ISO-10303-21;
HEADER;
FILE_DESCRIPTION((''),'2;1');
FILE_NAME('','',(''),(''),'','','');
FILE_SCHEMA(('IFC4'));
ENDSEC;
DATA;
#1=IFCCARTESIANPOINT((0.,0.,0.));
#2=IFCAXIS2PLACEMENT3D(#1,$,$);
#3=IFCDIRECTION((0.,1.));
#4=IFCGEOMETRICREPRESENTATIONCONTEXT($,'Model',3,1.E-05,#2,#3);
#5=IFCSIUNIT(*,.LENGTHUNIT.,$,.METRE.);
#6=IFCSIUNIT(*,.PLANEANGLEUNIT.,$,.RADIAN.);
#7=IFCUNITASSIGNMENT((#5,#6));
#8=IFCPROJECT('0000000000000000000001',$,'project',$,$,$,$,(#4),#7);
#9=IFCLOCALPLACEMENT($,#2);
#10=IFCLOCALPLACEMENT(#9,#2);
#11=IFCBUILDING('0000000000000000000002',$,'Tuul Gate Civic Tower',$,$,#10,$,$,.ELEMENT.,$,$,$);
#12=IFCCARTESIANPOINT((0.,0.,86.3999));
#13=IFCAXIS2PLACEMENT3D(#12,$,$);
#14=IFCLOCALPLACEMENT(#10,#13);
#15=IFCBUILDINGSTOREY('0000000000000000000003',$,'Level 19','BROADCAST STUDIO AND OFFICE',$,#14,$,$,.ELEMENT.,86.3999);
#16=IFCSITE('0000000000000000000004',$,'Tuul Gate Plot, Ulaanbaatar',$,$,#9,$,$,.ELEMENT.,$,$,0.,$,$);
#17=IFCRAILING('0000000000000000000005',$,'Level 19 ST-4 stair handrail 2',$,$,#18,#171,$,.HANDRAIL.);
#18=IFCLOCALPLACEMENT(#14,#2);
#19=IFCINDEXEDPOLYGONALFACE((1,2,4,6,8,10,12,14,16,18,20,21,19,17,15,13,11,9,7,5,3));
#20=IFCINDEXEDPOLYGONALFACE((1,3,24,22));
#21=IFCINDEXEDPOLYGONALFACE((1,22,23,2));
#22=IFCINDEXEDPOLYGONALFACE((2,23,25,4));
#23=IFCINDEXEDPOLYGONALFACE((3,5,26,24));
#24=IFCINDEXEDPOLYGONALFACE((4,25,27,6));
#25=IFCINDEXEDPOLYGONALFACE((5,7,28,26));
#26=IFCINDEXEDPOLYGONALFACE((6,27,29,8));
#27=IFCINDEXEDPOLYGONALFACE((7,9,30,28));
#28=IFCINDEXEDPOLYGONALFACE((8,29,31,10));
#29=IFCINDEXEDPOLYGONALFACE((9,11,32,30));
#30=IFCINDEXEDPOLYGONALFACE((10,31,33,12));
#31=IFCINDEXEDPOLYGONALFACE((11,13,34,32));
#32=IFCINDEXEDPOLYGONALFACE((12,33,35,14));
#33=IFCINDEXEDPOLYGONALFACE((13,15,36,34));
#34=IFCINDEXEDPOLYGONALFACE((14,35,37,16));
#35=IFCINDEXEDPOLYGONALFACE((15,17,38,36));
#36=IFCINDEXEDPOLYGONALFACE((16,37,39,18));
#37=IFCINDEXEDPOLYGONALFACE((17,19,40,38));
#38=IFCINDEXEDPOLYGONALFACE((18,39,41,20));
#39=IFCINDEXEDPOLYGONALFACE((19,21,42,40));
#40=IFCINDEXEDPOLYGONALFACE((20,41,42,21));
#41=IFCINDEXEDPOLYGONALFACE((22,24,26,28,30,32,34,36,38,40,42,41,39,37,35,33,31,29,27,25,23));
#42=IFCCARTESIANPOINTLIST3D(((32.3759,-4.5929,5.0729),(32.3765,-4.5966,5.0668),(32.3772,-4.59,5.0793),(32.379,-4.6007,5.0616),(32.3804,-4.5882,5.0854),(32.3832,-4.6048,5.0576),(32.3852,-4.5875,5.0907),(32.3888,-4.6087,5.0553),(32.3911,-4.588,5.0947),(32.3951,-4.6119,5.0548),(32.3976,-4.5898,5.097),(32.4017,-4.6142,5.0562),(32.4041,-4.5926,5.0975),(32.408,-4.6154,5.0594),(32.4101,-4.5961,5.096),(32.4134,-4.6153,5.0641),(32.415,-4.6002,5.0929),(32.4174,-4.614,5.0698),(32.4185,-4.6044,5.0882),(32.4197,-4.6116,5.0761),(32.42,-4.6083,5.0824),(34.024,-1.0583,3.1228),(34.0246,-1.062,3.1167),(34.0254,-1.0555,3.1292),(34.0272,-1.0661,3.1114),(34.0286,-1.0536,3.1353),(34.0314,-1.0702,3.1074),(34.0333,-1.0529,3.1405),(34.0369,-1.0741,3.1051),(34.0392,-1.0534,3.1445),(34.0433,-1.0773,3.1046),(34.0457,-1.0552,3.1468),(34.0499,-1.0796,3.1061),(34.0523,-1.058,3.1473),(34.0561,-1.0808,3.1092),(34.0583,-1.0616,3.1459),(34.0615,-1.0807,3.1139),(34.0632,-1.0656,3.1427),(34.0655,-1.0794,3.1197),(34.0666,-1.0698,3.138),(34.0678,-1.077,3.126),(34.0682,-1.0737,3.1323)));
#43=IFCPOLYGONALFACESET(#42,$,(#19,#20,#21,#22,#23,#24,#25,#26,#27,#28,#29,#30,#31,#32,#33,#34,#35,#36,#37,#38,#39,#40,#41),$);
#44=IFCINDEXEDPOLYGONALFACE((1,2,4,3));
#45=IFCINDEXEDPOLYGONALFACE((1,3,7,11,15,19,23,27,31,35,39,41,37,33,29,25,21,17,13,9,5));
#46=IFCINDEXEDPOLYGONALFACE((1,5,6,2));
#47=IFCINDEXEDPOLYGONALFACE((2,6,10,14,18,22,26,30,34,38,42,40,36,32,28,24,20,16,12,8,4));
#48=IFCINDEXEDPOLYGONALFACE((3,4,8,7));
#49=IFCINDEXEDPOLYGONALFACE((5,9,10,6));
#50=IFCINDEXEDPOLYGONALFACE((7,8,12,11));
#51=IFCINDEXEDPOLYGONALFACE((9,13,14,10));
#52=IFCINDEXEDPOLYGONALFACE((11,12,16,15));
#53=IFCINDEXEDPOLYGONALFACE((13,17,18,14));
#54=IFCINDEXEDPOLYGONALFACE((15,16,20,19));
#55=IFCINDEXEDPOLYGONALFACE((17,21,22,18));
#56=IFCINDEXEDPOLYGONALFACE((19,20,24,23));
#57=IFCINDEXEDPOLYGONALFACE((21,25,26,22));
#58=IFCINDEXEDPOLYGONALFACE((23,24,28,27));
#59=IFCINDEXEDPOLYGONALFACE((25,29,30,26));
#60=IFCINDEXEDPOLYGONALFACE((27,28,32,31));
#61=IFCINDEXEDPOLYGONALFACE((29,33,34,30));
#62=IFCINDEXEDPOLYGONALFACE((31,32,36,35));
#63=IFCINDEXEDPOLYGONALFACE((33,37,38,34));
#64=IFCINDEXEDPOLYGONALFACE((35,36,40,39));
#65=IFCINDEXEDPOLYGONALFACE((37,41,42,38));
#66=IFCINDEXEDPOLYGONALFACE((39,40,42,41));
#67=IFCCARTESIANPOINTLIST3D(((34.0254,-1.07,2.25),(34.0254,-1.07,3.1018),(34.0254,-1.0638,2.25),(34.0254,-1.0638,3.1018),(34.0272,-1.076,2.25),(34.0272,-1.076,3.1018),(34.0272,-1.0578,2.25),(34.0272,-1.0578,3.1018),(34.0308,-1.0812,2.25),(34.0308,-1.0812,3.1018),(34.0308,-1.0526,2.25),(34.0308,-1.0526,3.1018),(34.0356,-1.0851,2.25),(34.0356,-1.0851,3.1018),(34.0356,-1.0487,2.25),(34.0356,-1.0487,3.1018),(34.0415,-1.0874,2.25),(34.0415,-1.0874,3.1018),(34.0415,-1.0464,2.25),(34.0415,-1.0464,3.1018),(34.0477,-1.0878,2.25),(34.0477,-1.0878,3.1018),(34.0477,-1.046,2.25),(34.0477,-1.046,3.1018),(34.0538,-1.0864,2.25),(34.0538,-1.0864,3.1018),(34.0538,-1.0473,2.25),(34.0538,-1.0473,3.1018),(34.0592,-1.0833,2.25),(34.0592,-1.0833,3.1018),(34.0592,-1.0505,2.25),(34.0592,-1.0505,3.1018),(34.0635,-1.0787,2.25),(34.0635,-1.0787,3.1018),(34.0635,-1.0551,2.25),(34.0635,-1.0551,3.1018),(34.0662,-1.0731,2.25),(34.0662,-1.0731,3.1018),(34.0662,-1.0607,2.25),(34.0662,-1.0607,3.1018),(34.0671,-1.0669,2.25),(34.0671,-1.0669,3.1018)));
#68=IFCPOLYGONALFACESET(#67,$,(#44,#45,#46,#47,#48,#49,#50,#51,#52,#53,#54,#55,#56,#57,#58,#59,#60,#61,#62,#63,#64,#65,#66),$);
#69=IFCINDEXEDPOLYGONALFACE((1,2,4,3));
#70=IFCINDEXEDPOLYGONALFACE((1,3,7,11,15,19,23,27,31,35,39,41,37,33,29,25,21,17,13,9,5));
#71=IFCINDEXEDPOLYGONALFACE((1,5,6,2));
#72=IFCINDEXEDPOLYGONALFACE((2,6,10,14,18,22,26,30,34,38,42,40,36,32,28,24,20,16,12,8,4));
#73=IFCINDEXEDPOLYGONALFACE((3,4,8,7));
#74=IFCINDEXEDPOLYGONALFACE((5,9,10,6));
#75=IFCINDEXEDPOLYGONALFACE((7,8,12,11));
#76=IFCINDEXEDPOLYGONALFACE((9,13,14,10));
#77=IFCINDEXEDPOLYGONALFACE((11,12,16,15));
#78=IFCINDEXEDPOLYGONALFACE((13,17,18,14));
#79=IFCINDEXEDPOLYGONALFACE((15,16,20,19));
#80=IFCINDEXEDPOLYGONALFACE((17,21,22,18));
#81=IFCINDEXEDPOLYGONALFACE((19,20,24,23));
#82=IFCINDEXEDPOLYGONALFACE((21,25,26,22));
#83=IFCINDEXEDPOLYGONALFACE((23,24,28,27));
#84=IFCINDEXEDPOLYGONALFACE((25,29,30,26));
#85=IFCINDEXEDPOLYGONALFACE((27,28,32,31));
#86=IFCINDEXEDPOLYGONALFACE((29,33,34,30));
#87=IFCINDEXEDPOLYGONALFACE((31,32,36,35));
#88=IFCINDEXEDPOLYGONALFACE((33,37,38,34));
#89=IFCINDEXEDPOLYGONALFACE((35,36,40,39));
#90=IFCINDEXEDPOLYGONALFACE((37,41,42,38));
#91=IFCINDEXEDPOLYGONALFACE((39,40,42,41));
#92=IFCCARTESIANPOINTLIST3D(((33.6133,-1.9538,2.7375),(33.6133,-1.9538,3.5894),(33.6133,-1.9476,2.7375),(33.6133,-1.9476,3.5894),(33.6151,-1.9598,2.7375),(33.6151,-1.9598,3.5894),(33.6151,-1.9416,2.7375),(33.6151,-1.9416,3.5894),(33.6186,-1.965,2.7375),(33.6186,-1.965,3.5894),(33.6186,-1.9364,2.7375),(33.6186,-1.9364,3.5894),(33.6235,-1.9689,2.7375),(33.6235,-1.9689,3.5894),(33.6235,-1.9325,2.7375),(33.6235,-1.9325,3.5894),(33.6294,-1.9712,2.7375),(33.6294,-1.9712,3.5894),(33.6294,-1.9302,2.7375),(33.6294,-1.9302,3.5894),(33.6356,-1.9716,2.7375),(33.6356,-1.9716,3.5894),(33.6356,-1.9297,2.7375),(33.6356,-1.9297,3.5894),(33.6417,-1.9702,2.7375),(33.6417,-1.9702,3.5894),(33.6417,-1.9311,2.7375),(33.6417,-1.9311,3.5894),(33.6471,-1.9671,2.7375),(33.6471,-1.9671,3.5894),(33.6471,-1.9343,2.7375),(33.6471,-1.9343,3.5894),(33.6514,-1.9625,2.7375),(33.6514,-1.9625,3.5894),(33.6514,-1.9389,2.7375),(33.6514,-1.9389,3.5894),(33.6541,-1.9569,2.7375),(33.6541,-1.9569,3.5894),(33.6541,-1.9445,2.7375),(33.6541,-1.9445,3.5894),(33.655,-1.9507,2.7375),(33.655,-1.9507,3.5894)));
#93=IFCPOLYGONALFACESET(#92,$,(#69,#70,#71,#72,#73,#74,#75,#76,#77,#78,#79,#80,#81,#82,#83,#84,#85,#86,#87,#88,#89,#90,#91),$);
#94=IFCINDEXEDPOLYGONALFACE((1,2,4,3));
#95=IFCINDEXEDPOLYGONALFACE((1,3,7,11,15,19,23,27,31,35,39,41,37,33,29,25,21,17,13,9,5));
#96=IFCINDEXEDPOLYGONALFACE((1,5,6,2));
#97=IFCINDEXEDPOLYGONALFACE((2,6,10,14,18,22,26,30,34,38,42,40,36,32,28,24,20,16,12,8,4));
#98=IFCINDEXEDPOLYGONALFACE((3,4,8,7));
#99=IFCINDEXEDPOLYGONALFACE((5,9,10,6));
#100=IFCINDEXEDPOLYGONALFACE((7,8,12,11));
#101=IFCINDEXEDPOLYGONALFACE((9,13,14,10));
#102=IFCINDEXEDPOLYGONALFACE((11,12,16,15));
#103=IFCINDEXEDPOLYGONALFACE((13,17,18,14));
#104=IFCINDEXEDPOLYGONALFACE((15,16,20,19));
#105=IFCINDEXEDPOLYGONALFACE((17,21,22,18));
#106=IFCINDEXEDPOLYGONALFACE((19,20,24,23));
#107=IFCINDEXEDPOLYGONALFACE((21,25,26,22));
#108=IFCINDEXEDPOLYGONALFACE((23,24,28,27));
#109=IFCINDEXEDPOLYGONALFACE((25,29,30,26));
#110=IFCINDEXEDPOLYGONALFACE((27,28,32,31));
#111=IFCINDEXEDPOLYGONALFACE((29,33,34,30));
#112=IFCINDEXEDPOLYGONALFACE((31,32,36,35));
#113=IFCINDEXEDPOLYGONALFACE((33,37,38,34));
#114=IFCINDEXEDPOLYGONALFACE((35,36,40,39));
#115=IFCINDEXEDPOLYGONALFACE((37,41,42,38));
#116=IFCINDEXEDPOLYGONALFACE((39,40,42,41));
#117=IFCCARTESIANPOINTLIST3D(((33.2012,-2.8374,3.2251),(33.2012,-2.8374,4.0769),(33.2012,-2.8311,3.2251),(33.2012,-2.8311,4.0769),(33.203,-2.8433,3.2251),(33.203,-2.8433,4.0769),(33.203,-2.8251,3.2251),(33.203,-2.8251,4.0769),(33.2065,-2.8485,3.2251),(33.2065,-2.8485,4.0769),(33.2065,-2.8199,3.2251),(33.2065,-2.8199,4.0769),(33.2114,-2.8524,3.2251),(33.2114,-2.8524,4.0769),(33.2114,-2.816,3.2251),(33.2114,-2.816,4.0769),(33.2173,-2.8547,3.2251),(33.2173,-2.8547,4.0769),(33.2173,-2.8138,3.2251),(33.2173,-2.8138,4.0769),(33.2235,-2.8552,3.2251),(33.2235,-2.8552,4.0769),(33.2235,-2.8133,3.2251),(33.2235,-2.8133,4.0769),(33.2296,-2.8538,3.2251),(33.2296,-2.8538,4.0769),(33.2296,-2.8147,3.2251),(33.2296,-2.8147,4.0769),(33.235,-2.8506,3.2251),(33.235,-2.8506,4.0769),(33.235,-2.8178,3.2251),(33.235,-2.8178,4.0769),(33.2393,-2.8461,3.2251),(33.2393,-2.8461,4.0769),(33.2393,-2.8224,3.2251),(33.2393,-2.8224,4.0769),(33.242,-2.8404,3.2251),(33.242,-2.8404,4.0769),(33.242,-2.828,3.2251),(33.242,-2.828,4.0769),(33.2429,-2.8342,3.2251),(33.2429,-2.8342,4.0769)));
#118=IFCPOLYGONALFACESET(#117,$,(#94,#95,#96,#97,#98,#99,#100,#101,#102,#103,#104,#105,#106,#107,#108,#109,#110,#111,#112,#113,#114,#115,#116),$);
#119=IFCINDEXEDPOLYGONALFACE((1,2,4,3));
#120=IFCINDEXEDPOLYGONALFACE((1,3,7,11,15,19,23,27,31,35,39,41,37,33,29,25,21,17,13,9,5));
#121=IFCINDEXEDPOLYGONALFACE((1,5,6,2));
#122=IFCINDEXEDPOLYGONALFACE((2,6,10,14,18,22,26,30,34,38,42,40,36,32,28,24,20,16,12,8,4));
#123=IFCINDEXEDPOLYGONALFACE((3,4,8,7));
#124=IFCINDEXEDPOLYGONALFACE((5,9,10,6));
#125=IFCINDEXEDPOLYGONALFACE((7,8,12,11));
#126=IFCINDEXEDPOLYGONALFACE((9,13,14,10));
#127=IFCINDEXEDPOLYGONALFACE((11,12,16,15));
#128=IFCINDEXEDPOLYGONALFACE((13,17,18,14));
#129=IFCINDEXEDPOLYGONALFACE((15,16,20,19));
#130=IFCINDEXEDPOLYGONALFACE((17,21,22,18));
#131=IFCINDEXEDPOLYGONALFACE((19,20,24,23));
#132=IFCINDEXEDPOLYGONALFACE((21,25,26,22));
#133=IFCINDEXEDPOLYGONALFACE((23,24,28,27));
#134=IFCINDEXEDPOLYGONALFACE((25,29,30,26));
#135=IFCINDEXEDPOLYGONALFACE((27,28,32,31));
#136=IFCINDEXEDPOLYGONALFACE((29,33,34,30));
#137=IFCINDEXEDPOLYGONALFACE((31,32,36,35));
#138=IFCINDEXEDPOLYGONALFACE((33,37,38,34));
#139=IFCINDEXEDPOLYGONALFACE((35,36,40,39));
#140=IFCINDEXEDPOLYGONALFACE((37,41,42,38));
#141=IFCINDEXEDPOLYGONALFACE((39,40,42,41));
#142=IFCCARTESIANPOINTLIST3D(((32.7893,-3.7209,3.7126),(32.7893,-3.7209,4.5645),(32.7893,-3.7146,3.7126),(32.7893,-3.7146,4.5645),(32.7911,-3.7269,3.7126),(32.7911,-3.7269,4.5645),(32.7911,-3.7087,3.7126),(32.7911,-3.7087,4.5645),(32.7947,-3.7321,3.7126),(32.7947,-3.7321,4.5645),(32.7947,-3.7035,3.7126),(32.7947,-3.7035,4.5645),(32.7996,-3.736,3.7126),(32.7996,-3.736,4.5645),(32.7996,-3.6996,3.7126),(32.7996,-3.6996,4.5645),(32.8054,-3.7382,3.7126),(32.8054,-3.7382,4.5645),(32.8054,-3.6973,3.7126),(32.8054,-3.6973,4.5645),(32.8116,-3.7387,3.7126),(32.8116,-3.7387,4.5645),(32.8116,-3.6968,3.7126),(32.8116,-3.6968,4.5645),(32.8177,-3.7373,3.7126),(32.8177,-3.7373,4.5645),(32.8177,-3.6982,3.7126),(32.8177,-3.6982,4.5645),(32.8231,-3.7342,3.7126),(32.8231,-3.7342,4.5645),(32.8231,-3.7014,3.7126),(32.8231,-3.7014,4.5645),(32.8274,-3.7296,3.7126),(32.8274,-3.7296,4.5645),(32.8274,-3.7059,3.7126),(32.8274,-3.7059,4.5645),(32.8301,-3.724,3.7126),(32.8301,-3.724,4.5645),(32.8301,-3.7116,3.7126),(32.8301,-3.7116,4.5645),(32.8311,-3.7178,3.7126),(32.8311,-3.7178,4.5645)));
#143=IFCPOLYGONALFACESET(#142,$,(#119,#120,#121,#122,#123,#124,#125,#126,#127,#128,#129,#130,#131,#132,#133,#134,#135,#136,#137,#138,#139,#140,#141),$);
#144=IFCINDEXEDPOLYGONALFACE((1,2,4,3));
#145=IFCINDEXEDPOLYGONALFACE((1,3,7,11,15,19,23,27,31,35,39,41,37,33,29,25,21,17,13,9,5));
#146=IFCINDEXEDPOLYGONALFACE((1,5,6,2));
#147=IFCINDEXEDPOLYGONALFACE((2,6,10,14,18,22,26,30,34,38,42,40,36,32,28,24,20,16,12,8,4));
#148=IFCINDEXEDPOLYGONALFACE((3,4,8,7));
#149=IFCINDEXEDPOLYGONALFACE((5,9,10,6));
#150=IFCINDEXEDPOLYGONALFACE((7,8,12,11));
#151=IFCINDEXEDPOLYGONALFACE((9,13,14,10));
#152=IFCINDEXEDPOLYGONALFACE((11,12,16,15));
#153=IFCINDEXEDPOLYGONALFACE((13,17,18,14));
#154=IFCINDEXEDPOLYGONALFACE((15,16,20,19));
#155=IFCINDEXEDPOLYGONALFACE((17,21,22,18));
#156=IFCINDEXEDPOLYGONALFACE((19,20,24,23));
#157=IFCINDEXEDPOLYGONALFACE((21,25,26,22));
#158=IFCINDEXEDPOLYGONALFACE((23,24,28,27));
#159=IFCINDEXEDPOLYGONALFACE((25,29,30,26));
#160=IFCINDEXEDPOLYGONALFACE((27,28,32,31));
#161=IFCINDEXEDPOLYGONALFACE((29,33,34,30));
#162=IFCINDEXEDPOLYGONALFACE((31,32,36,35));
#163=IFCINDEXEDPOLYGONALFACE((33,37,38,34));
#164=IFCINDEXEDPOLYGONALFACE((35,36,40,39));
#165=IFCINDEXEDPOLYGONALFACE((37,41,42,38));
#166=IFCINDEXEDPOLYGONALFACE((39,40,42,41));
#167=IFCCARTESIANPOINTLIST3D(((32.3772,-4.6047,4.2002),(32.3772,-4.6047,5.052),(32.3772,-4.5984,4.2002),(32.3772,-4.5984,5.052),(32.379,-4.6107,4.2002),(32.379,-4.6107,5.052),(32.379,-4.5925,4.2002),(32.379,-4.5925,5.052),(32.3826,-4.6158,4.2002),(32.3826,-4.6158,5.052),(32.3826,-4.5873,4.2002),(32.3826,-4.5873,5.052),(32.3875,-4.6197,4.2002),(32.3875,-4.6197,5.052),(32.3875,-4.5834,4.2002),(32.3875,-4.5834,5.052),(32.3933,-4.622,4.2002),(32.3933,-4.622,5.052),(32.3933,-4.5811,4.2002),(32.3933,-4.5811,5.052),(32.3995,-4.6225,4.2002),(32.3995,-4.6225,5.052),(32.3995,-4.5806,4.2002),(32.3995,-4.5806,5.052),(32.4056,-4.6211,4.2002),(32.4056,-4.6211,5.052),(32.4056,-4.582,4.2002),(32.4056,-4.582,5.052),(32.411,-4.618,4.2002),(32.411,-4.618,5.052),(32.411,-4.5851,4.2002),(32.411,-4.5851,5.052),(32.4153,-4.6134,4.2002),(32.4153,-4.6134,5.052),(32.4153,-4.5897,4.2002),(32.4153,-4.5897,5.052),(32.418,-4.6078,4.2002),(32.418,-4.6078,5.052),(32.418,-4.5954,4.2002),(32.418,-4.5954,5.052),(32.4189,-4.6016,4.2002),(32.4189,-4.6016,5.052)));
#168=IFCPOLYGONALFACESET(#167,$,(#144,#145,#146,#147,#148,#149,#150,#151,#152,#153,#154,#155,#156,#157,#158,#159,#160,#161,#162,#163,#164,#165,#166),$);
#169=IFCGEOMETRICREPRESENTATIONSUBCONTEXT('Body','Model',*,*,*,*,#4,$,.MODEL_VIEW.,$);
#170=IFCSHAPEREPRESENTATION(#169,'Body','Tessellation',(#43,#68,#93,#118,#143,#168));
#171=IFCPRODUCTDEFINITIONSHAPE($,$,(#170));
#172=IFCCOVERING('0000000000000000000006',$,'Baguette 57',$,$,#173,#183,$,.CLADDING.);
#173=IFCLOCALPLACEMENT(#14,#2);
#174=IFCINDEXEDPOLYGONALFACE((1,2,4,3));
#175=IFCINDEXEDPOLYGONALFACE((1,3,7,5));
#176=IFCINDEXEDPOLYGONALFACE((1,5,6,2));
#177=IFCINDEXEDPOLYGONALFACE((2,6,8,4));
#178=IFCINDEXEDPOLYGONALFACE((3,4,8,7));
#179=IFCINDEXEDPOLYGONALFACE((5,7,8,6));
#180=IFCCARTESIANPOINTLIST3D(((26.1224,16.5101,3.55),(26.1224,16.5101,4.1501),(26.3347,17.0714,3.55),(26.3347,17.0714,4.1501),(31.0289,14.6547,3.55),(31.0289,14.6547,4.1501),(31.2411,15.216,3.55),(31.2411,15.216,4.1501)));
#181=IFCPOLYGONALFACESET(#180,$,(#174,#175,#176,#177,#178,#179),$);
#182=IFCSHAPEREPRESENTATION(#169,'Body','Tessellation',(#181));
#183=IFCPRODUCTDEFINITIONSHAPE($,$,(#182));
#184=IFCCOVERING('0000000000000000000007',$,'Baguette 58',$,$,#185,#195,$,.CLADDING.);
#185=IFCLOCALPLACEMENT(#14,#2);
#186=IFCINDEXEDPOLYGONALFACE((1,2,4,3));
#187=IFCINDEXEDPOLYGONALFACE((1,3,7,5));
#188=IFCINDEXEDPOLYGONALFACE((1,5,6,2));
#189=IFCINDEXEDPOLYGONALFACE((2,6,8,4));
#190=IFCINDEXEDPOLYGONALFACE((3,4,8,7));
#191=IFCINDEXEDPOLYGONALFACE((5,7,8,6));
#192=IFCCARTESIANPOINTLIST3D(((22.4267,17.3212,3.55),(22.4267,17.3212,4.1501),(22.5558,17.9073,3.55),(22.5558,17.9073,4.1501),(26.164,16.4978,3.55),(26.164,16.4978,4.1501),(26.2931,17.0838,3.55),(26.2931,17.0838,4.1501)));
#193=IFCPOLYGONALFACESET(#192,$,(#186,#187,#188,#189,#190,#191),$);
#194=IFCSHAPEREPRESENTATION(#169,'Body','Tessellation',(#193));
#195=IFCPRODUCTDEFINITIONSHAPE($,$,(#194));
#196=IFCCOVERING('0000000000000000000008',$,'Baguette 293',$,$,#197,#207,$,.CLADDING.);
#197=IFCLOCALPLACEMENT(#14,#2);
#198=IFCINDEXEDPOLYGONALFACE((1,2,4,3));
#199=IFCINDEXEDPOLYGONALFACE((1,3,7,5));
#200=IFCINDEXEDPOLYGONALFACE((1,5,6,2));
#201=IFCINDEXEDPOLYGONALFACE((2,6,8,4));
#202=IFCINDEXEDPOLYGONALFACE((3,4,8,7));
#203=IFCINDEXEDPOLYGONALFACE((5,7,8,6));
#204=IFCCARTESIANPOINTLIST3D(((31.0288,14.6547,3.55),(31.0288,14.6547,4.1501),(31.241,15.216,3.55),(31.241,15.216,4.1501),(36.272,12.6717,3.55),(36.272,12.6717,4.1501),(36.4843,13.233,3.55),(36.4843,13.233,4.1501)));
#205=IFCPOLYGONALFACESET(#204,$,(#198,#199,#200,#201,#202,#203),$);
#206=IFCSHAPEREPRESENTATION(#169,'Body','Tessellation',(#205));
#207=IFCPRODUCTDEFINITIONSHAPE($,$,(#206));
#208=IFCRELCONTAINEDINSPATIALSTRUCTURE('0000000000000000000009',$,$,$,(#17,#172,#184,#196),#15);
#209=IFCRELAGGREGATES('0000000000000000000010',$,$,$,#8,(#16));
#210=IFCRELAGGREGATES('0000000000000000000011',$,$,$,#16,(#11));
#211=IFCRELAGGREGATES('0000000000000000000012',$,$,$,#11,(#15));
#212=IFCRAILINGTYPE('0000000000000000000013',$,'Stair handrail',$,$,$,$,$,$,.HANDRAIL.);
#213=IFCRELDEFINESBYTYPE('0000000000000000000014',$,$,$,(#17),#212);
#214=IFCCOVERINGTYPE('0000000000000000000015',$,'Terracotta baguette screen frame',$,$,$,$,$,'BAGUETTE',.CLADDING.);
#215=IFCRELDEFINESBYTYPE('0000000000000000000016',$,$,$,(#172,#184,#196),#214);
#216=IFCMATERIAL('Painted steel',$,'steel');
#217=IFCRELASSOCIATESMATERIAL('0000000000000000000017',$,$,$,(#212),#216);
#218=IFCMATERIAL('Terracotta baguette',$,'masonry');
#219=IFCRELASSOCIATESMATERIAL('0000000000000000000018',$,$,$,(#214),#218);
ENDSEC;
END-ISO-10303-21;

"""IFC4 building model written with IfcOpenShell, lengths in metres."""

from ifc_helpers import new_model, si_unit, direction, frame, origin, origin_2d, place, context, subcontext, project, spatial, rectangle, circle, extrude, material, material_profile, profile_set, type_object, element, save


model = new_model("IFC4")

# Units and contexts
model_context = context("Model", 3, precision=1e-05, world=origin(), true_north=direction((0.0, 1.0)))
body_context = subcontext(model_context, "Body", "Model", "MODEL_VIEW")
ifc_project = project(units=[si_unit("LENGTHUNIT", "METRE"), si_unit("PLANEANGLEUNIT", "RADIAN")], contexts=[model_context])

# Site, building, storey
site_placement = place(None, origin())
site = spatial("IfcSite", under=ifc_project, at=site_placement, Name="Tuul Gate Plot, Ulaanbaatar", CompositionType="ELEMENT", RefElevation=0.0)
building_placement = place(site_placement, origin())
building = spatial("IfcBuilding", under=site, at=building_placement, Name="Tuul Gate Civic Tower", CompositionType="ELEMENT")
storey_placement = place(building_placement, frame((0.0, 0.0, 86.3999)))
storey = spatial("IfcBuildingStorey", under=building, at=storey_placement, Name="Level 19", Description="BROADCAST STUDIO AND OFFICE", CompositionType="ELEMENT", Elevation=86.3999)

# Railing
ifc_material_1 = material(Name="Painted steel", Category="steel")
railing_type = type_object("IfcRailingType", Name="Stair handrail", PredefinedType="HANDRAIL", material=ifc_material_1)
railing_placement = place(storey_placement, frame((34.0461, -1.0669, 2.25)))
element("IfcRailing", 1, at=railing_placement, inside=storey, type_object=railing_type, Name="Level 19 ST-4 stair handrail 2", PredefinedType="HANDRAIL", context=body_context, shape_type="SweptSolid", body=[
    extrude(circle(Radius=0.0239, at=origin_2d()), frame((0.0, 0.0, 0.876), z_axis=(-0.377985, -0.810617, 0.447245), x_axis=(0.906313, -0.422608, 0.0)), (0.0, 0.0, 1.0), 4.3604),
    extrude(circle(Radius=0.021, at=origin_2d()), origin(), (0.0, 0.0, 1.0), 0.8518),
    extrude(circle(Radius=0.021, at=origin_2d()), frame((-0.4121, -0.8838, 0.4875)), (0.0, 0.0, 1.0), 0.8518),
    extrude(circle(Radius=0.021, at=origin_2d()), frame((-0.8242, -1.7673, 0.9751)), (0.0, 0.0, 1.0), 0.8518),
    extrude(circle(Radius=0.021, at=origin_2d()), frame((-1.2361, -2.6509, 1.4626)), (0.0, 0.0, 1.0), 0.8518),
    extrude(circle(Radius=0.021, at=origin_2d()), frame((-1.6482, -3.5347, 1.9502)), (0.0, 0.0, 1.0), 0.8518),
])

# Coverings
ifc_material_2 = material(Name="Terracotta baguette", Category="masonry")
ifc_material_profile_1 = material_profile(ifc_material_2, rectangle(XDim=0.6001, YDim=0.6001, at=origin_2d()), Name="Terracotta baguette screen frame")
ifc_profile_set_1 = profile_set([ifc_material_profile_1], Name="Terracotta baguette")
covering_type = type_object("IfcCoveringType", Name="Terracotta baguette screen frame", ElementType="BAGUETTE", PredefinedType="CLADDING", material=ifc_profile_set_1)
covering_1_placement = place(storey_placement, frame((31.135, 14.9353, 3.8501), z_axis=(-0.935352, 0.353718, 0.0), x_axis=(-0.353718, -0.935352, 0.0)))
element("IfcCovering", 2, at=covering_1_placement, inside=storey, type_object=covering_type, Name="Baguette 57", PredefinedType="CLADDING", context=body_context, shape_type="SweptSolid", body=[
    extrude(rectangle(XDim=0.6001, YDim=0.6001, at=origin_2d()), origin(), (0.0, 0.0, 1.0), 5.2456),
])
covering_2_placement = place(storey_placement, frame((26.2285, 16.7908, 3.8501), z_axis=(-0.976574, 0.215181, 0.0), x_axis=(-0.215181, -0.976574, 0.0)))
element("IfcCovering", 3, at=covering_2_placement, inside=storey, type_object=covering_type, Name="Baguette 58", PredefinedType="CLADDING", context=body_context, shape_type="SweptSolid", body=[
    extrude(rectangle(XDim=0.6001, YDim=0.6001, at=origin_2d()), origin(), (0.0, 0.0, 1.0), 3.8269),
])
covering_3_placement = place(storey_placement, frame((36.3782, 12.9524, 3.8501), z_axis=(-0.935345, 0.353738, 0.0), x_axis=(-0.353738, -0.935345, 0.0)))
element("IfcCovering", 4, at=covering_3_placement, inside=storey, type_object=covering_type, Name="Baguette 293", PredefinedType="CLADDING", context=body_context, shape_type="SweptSolid", body=[
    extrude(rectangle(XDim=0.6001, YDim=0.6001, at=origin_2d()), origin(), (0.0, 0.0, 1.0), 5.6057),
])

save(model, "model.ifc")
